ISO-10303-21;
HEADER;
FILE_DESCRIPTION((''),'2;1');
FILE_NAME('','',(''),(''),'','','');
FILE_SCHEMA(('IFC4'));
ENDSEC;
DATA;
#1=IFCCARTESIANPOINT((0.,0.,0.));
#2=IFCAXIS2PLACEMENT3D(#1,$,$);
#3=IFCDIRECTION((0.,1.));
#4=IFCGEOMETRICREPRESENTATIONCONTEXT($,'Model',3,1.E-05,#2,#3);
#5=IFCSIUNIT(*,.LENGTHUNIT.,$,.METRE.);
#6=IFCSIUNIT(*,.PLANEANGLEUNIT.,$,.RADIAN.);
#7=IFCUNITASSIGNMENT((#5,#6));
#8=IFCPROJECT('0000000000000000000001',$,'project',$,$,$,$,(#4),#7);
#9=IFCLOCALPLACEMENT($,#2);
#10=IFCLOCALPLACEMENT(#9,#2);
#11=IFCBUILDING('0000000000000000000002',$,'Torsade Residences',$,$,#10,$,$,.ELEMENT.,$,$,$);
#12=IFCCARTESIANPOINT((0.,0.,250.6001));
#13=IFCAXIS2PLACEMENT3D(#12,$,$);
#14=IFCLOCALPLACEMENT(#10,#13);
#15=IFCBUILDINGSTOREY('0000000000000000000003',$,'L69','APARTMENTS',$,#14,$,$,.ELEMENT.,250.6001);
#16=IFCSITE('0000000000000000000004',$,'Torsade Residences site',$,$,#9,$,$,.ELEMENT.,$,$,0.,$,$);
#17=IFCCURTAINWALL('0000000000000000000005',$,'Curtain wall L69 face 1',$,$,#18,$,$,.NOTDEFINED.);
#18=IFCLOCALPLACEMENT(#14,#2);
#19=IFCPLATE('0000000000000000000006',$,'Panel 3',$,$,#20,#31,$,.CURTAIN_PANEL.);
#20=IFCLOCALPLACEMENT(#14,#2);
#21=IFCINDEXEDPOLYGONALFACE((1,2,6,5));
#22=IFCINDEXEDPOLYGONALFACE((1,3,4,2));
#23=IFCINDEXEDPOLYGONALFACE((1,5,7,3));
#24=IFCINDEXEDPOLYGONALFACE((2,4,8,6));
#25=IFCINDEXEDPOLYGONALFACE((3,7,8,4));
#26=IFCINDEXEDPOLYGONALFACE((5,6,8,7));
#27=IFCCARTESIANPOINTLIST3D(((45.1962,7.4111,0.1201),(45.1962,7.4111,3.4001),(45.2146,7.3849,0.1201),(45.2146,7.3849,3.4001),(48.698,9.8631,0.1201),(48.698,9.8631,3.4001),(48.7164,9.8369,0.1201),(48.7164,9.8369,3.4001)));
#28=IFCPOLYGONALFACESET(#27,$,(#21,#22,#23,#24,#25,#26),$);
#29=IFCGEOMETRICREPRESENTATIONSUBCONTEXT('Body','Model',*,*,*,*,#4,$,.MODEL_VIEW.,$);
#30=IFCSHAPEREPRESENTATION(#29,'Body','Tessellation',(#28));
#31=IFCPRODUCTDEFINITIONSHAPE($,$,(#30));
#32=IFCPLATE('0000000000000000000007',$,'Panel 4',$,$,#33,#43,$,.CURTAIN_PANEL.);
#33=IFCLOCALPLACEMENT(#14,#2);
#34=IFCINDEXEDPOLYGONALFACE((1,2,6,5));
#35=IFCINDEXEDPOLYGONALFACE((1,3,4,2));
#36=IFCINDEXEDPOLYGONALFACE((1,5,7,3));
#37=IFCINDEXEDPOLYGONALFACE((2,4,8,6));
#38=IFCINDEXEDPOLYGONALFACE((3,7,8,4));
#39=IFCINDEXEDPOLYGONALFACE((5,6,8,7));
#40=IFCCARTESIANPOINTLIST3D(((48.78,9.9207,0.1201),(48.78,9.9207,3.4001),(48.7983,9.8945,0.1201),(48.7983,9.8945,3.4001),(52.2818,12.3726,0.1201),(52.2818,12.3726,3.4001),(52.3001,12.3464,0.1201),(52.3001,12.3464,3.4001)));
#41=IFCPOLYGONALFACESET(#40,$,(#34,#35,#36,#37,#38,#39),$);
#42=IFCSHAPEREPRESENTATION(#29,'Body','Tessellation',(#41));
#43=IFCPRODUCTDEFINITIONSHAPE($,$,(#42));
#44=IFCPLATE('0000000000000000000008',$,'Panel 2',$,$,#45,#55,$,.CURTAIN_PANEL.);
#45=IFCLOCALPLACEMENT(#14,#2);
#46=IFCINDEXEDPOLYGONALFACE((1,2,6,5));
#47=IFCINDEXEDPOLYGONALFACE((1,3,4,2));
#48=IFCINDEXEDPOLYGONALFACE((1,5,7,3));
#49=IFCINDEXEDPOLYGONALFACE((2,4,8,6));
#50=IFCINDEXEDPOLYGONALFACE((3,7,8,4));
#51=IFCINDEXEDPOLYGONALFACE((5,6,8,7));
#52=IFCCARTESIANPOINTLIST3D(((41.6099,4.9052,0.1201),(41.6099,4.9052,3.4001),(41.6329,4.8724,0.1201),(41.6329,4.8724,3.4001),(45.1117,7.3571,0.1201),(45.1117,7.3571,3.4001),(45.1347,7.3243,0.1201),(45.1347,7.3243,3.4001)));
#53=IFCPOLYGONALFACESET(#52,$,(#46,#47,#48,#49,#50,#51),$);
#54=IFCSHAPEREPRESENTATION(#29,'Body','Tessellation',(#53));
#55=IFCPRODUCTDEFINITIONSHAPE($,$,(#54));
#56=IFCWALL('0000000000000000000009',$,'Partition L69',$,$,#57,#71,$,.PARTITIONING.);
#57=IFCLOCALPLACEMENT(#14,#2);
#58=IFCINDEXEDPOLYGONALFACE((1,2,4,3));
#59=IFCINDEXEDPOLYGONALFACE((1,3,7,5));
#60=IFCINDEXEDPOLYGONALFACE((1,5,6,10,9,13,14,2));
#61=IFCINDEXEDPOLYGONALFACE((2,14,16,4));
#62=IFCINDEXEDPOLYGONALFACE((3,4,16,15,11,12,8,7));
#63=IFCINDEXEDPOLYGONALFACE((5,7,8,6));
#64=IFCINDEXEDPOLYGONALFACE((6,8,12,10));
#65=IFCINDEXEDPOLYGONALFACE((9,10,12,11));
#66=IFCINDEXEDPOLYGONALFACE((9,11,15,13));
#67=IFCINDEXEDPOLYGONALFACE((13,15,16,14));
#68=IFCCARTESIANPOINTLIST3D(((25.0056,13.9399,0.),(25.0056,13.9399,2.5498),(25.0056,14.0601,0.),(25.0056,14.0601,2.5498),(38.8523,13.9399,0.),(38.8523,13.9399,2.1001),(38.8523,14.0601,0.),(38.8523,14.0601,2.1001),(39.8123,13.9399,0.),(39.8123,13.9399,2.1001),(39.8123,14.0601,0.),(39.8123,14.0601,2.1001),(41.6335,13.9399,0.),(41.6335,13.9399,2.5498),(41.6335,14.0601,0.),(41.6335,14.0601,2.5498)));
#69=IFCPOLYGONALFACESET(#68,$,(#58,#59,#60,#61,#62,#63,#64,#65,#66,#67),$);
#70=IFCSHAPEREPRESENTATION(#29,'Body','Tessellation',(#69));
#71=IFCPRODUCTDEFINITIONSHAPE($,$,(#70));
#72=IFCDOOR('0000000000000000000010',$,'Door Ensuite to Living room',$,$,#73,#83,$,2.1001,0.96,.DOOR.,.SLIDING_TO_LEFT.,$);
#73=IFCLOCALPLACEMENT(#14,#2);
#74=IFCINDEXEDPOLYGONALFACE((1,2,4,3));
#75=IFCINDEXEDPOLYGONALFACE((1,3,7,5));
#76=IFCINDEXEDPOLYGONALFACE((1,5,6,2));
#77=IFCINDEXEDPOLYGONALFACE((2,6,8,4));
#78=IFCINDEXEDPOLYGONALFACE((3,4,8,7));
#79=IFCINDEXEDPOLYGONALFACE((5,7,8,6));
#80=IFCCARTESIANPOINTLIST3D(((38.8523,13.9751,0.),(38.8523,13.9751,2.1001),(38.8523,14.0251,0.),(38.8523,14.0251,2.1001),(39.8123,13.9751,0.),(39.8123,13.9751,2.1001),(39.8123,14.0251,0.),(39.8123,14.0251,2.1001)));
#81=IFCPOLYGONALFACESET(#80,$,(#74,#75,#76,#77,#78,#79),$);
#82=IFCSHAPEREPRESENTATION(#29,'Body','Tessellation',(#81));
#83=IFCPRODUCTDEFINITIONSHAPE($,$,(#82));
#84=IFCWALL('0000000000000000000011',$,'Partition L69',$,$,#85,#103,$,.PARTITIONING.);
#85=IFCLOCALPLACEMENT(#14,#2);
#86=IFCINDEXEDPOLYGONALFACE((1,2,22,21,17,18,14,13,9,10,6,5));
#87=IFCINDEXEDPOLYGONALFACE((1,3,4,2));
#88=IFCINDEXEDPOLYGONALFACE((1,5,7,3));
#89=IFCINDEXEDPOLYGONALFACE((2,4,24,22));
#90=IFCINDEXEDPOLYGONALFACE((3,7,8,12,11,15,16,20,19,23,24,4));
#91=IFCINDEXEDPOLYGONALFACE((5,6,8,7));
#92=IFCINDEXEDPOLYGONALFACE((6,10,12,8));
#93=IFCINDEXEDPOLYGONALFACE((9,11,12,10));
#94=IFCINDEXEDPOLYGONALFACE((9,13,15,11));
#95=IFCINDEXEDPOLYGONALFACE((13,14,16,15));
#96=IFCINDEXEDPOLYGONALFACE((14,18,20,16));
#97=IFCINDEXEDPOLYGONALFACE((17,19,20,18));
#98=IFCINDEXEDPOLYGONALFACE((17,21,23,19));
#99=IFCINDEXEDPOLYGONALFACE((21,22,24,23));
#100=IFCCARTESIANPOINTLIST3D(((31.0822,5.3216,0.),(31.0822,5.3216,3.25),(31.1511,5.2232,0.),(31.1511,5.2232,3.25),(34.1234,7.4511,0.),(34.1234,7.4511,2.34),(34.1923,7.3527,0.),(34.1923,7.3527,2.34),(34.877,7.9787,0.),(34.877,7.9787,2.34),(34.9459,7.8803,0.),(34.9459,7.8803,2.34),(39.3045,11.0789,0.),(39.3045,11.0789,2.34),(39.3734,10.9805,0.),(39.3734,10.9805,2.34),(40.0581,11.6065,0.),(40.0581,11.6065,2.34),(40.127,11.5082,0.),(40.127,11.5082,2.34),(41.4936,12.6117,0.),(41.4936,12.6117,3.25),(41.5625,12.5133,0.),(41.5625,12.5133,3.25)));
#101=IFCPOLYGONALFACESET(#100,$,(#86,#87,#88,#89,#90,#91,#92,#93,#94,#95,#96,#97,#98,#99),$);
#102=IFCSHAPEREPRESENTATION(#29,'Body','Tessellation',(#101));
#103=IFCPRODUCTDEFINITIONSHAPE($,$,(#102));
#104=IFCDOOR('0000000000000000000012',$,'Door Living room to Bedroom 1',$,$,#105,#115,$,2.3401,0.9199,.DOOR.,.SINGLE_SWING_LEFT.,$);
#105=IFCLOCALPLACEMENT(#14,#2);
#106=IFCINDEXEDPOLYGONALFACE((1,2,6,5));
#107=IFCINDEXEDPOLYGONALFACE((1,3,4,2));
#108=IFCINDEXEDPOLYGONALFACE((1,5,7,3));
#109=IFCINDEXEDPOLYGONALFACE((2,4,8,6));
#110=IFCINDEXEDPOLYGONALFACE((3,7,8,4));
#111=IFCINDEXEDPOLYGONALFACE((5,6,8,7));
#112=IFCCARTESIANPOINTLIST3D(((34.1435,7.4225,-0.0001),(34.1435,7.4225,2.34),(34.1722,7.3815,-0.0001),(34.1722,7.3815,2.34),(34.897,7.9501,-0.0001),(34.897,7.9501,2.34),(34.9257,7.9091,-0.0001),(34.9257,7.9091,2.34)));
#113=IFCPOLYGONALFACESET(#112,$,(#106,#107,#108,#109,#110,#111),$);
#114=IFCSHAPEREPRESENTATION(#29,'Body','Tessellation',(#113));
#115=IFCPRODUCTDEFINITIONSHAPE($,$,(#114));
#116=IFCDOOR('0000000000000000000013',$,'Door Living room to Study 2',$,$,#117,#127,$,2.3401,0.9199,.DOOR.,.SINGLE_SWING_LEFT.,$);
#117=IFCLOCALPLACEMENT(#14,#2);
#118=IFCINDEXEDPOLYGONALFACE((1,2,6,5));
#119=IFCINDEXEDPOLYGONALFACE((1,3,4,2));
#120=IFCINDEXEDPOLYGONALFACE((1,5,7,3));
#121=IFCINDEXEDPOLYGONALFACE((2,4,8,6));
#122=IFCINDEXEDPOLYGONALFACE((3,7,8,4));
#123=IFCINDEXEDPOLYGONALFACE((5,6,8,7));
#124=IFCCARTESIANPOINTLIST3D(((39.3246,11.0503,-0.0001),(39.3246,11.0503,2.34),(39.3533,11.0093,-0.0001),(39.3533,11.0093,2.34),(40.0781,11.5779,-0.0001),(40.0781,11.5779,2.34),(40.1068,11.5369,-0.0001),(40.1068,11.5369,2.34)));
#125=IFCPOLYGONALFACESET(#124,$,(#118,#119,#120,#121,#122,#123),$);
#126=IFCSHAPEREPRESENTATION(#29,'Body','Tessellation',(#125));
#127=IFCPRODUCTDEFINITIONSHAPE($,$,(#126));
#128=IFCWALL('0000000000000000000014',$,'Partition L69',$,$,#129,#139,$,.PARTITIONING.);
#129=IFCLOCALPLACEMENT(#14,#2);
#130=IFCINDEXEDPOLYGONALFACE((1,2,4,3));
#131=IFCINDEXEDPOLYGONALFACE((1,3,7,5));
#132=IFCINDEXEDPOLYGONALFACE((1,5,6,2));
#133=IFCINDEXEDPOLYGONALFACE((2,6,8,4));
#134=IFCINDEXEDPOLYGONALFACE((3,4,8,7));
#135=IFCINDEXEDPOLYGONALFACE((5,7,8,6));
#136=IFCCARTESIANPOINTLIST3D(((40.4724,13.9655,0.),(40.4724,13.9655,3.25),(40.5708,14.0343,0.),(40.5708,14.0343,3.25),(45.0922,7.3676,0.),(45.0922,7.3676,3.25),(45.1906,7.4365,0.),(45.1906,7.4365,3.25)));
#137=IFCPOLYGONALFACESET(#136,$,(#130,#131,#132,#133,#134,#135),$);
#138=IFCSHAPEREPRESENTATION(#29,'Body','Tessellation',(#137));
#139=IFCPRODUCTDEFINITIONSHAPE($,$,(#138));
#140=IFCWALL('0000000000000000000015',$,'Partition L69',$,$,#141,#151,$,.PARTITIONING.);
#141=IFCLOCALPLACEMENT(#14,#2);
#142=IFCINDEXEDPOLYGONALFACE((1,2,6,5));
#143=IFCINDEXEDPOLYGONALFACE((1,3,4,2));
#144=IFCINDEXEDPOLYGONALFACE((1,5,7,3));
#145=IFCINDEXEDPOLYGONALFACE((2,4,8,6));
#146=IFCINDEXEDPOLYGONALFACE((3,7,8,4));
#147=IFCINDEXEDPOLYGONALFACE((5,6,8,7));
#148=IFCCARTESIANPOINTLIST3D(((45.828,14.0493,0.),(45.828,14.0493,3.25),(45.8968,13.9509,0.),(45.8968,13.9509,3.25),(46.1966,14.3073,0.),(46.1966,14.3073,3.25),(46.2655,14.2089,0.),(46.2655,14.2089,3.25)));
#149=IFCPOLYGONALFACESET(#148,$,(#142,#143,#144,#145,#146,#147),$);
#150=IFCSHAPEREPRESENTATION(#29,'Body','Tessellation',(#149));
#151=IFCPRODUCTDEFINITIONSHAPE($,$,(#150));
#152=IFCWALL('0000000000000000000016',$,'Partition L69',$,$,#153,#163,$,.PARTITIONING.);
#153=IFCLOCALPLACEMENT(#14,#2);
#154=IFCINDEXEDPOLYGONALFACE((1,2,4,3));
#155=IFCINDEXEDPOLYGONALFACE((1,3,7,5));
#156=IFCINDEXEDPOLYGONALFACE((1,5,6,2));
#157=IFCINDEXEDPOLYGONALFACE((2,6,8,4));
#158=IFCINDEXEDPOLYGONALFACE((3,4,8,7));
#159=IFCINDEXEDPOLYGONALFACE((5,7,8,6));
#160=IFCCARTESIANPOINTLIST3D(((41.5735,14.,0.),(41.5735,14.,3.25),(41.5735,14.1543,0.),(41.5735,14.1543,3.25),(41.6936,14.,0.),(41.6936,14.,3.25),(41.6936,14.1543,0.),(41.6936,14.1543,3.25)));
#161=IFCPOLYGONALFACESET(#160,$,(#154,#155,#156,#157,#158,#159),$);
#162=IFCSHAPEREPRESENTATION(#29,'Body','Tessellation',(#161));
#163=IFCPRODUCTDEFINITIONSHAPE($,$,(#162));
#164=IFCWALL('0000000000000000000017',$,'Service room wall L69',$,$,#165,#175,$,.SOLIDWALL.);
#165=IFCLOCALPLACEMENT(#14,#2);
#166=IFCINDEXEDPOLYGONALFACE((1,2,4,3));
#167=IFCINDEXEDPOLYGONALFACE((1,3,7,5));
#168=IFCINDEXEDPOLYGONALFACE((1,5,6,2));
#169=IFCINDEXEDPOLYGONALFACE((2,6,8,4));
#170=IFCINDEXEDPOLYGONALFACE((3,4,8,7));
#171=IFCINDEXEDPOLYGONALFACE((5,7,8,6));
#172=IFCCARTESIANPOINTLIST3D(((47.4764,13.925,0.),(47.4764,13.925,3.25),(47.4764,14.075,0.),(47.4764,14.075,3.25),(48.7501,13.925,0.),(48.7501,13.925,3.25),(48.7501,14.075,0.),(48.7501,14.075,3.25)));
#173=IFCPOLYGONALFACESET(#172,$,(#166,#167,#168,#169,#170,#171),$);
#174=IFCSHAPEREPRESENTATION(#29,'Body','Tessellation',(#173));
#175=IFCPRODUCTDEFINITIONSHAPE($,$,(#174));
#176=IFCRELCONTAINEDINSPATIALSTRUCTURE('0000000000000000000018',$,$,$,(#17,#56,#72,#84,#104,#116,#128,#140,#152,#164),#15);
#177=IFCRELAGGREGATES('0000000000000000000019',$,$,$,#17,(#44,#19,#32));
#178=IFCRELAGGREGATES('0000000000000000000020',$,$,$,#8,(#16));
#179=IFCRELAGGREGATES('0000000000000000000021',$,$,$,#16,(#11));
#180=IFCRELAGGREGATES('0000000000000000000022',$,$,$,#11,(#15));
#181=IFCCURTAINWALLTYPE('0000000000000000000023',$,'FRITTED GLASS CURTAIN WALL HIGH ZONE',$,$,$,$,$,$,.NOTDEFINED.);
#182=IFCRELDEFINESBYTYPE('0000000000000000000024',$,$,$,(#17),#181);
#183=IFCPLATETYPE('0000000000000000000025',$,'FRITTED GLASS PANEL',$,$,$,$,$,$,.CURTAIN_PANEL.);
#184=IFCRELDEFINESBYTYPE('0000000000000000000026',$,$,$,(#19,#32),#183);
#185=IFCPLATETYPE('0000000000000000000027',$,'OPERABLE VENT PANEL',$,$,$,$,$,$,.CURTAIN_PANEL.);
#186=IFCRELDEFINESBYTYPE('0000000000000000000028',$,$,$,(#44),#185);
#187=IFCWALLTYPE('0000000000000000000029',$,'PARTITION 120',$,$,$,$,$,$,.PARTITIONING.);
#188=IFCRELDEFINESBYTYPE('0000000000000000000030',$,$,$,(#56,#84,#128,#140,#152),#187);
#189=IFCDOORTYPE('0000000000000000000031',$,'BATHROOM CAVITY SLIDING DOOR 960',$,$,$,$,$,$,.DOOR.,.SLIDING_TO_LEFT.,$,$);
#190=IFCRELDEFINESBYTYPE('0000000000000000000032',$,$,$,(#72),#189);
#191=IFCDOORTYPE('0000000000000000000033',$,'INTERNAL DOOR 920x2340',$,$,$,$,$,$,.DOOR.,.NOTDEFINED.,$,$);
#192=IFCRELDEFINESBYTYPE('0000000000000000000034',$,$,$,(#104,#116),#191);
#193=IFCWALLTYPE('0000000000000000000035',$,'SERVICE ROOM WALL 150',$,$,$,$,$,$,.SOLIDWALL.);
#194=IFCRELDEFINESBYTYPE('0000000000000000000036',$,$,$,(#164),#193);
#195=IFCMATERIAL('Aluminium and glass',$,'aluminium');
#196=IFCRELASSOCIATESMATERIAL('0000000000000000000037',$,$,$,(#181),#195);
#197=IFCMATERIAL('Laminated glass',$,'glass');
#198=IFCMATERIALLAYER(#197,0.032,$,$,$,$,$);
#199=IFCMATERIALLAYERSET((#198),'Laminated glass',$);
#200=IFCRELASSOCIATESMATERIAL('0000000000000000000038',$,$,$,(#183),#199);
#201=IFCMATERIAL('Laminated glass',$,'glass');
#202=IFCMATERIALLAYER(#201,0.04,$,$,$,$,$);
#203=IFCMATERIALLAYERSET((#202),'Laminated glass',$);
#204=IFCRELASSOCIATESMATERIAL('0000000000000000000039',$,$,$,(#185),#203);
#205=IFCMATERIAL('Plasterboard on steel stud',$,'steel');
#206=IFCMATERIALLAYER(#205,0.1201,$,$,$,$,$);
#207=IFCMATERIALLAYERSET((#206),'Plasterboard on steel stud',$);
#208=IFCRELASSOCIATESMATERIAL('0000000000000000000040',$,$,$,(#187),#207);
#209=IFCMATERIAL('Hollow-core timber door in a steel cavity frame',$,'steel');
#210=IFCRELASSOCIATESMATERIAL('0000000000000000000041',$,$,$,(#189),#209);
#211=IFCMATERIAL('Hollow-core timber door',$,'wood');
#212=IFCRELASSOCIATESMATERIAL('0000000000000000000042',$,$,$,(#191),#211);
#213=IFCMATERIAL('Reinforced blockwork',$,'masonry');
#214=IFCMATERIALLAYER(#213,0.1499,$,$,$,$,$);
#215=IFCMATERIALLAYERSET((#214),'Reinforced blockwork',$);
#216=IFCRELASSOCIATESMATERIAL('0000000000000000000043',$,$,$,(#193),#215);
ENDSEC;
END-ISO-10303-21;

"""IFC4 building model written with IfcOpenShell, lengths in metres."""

from ifc_helpers import new_model, si_unit, direction, frame, frame_2d, origin, origin_2d, place, context, subcontext, project, spatial, rectangle, extrude, material, layer, layer_set, type_object, element, fill, aggregate, save


model = new_model("IFC4")

# Units and contexts
model_context = context("Model", 3, precision=1e-05, world=origin(), true_north=direction((0.0, 1.0)))
body_context = subcontext(model_context, "Body", "Model", "MODEL_VIEW")
ifc_project = project(units=[si_unit("LENGTHUNIT", "METRE"), si_unit("PLANEANGLEUNIT", "RADIAN")], contexts=[model_context])

# Site, building, storey
site_placement = place(None, origin())
site = spatial("IfcSite", under=ifc_project, at=site_placement, Name="Torsade Residences site", CompositionType="ELEMENT", RefElevation=0.0)
building_placement = place(site_placement, origin())
building = spatial("IfcBuilding", under=site, at=building_placement, Name="Torsade Residences", CompositionType="ELEMENT")
storey_placement = place(building_placement, frame((0.0, 0.0, 250.6001)))
storey = spatial("IfcBuildingStorey", under=building, at=storey_placement, Name="L69", Description="APARTMENTS", CompositionType="ELEMENT", Elevation=250.6001)

# Curtain wall
ifc_material_1 = material(Name="Aluminium and glass", Category="aluminium")
curtain_wall_type = type_object("IfcCurtainWallType", Name="FRITTED GLASS CURTAIN WALL HIGH ZONE", PredefinedType="NOTDEFINED", material=ifc_material_1)
curtain_wall_placement = place(storey_placement, origin())
curtain_wall = element("IfcCurtainWall", 1, at=curtain_wall_placement, inside=storey, type_object=curtain_wall_type, Name="Curtain wall L69 face 1", PredefinedType="NOTDEFINED")

# Plates
ifc_material_2 = material(Name="Laminated glass", Category="glass")
ifc_layer_1 = layer(ifc_material_2, 0.032)
ifc_layer_set_1 = layer_set([ifc_layer_1], Name="Laminated glass")
plate_type_1 = type_object("IfcPlateType", Name="FRITTED GLASS PANEL", PredefinedType="CURTAIN_PANEL", material=ifc_layer_set_1)
plate_1_placement = place(storey_placement, frame((46.9563, 8.624, 0.1201), z_axis=(0.0, 0.0, 1.0), x_axis=(0.819152, 0.573576, 0.0)))
plate_1 = element("IfcPlate", 2, at=plate_1_placement, type_object=plate_type_1, Name="Panel 3", PredefinedType="CURTAIN_PANEL", context=body_context, shape_type="SweptSolid", body=[
    extrude(rectangle(XDim=4.2749, YDim=0.032, at=origin_2d()), origin(), (0.0, 0.0, 1.0), 3.28),
])
plate_2_placement = place(storey_placement, frame((50.54, 11.1335, 0.1201), z_axis=(0.0, 0.0, 1.0), x_axis=(0.819152, 0.573576, 0.0)))
plate_2 = element("IfcPlate", 3, at=plate_2_placement, type_object=plate_type_1, Name="Panel 4", PredefinedType="CURTAIN_PANEL", context=body_context, shape_type="SweptSolid", body=[
    extrude(rectangle(XDim=4.2749, YDim=0.032, at=origin_2d()), origin(), (0.0, 0.0, 1.0), 3.28),
])
ifc_material_3 = material(Name="Laminated glass", Category="glass")
ifc_layer_2 = layer(ifc_material_3, 0.04)
ifc_layer_set_2 = layer_set([ifc_layer_2], Name="Laminated glass")
plate_type_2 = type_object("IfcPlateType", Name="OPERABLE VENT PANEL", PredefinedType="CURTAIN_PANEL", material=ifc_layer_set_2)
plate_3_placement = place(storey_placement, frame((43.3723, 6.1147, 0.1201), z_axis=(0.0, 0.0, 1.0), x_axis=(0.819152, 0.573576, 0.0)))
plate_3 = element("IfcPlate", 4, at=plate_3_placement, type_object=plate_type_2, Name="Panel 2", PredefinedType="CURTAIN_PANEL", context=body_context, shape_type="SweptSolid", body=[
    extrude(rectangle(XDim=4.2749, YDim=0.04, at=origin_2d()), origin(), (0.0, 0.0, 1.0), 3.28),
])
aggregate(curtain_wall, [plate_3, plate_1, plate_2])

# Wall, opening, door
ifc_material_4 = material(Name="Plasterboard on steel stud", Category="steel")
ifc_layer_3 = layer(ifc_material_4, 0.1201)
ifc_layer_set_3 = layer_set([ifc_layer_3], Name="Plasterboard on steel stud")
wall_type_1 = type_object("IfcWallType", Name="PARTITION 120", PredefinedType="PARTITIONING", material=ifc_layer_set_3)
wall_1_placement = place(storey_placement, frame((41.6335, 14.0, 0.0), z_axis=(0.0, 0.0, 1.0), x_axis=(-1.0, 0.0, 0.0)))
wall_1 = element("IfcWall", 5, at=wall_1_placement, inside=storey, type_object=wall_type_1, Name="Partition L69", PredefinedType="PARTITIONING", context=body_context, shape_type="SweptSolid", body=[
    extrude(rectangle(XDim=16.6279, YDim=0.1201, at=frame_2d((8.314, 0.0))), origin(), (0.0, 0.0, 1.0), 2.5498),
])
opening_1_placement = place(wall_1_placement, frame((1.8213, 0.0, 0.0)))
opening_1 = element("IfcOpeningElement", 6, at=opening_1_placement, cuts=wall_1, PredefinedType="OPENING", context=body_context, shape_type="SweptSolid", body=[
    extrude(rectangle(XDim=0.96, YDim=2.1001, at=frame_2d((0.48, 1.05))), frame((0.0, 0.0701, 0.0), z_axis=(0.0, -1.0, 0.0), x_axis=(1.0, 0.0, 0.0)), (0.0, 0.0, 1.0), 0.1401),
])
ifc_material_5 = material(Name="Hollow-core timber door in a steel cavity frame", Category="steel")
door_type_1 = type_object("IfcDoorType", Name="BATHROOM CAVITY SLIDING DOOR 960", OperationType="SLIDING_TO_LEFT", PredefinedType="DOOR", material=ifc_material_5)
door_1_placement = place(opening_1_placement, origin())
door_1 = element("IfcDoor", 7, at=door_1_placement, inside=storey, type_object=door_type_1, Name="Door Ensuite to Living room", OperationType="SLIDING_TO_LEFT", OverallHeight=2.1001, OverallWidth=0.96, PredefinedType="DOOR", context=body_context, shape_type="SweptSolid", body=[
    extrude(rectangle(XDim=0.96, YDim=2.1001, at=frame_2d((0.48, 1.05))), frame((0.0, 0.0249, 0.0), z_axis=(0.0, -1.0, 0.0), x_axis=(1.0, 0.0, 0.0)), (0.0, 0.0, 1.0), 0.05),
])
fill(opening_1, door_1)

# Wall, openings, doors
wall_2_placement = place(storey_placement, frame((41.5281, 12.5625, 0.0), z_axis=(0.0, 0.0, 1.0), x_axis=(-0.819155, -0.573572, 0.0)))
wall_2 = element("IfcWall", 8, at=wall_2_placement, inside=storey, type_object=wall_type_1, Name="Partition L69", PredefinedType="PARTITIONING", context=body_context, shape_type="SweptSolid", body=[
    extrude(rectangle(XDim=12.71, YDim=0.1201, at=frame_2d((6.355, 0.0))), origin(), (0.0, 0.0, 1.0), 3.25),
])
opening_2_placement = place(wall_2_placement, frame((8.0774, 0.0, 0.0)))
opening_2 = element("IfcOpeningElement", 9, at=opening_2_placement, cuts=wall_2, PredefinedType="OPENING", context=body_context, shape_type="SweptSolid", body=[
    extrude(rectangle(XDim=0.9199, YDim=2.3401, at=frame_2d((0.46, 1.1699))), frame((0.0, 0.0701, 0.0), z_axis=(0.0, -1.0, 0.0), x_axis=(1.0, 0.0, 0.0)), (0.0, 0.0, 1.0), 0.1401),
])
opening_3_placement = place(wall_2_placement, frame((1.7524, 0.0, 0.0)))
opening_3 = element("IfcOpeningElement", 10, at=opening_3_placement, cuts=wall_2, PredefinedType="OPENING", context=body_context, shape_type="SweptSolid", body=[
    extrude(rectangle(XDim=0.9199, YDim=2.3401, at=frame_2d((0.46, 1.1699))), frame((0.0, 0.0701, 0.0), z_axis=(0.0, -1.0, 0.0), x_axis=(1.0, 0.0, 0.0)), (0.0, 0.0, 1.0), 0.1401),
])
ifc_material_6 = material(Name="Hollow-core timber door", Category="wood")
door_type_2 = type_object("IfcDoorType", Name="INTERNAL DOOR 920x2340", OperationType="NOTDEFINED", PredefinedType="DOOR", material=ifc_material_6)
door_2_placement = place(opening_2_placement, origin())
door_2 = element("IfcDoor", 11, at=door_2_placement, inside=storey, type_object=door_type_2, Name="Door Living room to Bedroom 1", OperationType="SINGLE_SWING_LEFT", OverallHeight=2.3401, OverallWidth=0.9199, PredefinedType="DOOR", context=body_context, shape_type="SweptSolid", body=[
    extrude(rectangle(XDim=0.9199, YDim=2.3401, at=frame_2d((0.46, 1.1699))), frame((0.0, 0.0249, 0.0), z_axis=(0.0, -1.0, 0.0), x_axis=(1.0, 0.0, 0.0)), (0.0, 0.0, 1.0), 0.05),
])
fill(opening_2, door_2)
door_3_placement = place(opening_3_placement, origin())
door_3 = element("IfcDoor", 12, at=door_3_placement, inside=storey, type_object=door_type_2, Name="Door Living room to Study 2", OperationType="SINGLE_SWING_LEFT", OverallHeight=2.3401, OverallWidth=0.9199, PredefinedType="DOOR", context=body_context, shape_type="SweptSolid", body=[
    extrude(rectangle(XDim=0.9199, YDim=2.3401, at=frame_2d((0.46, 1.1699))), frame((0.0, 0.0249, 0.0), z_axis=(0.0, -1.0, 0.0), x_axis=(1.0, 0.0, 0.0)), (0.0, 0.0, 1.0), 0.05),
])
fill(opening_3, door_3)

# Walls
wall_3_placement = place(storey_placement, frame((40.5215, 14.0, 0.0), z_axis=(0.0, 0.0, 1.0), x_axis=(0.573574, -0.819154, 0.0)))
element("IfcWall", 13, at=wall_3_placement, inside=storey, type_object=wall_type_1, Name="Partition L69", PredefinedType="PARTITIONING", context=body_context, shape_type="SweptSolid", body=[
    extrude(rectangle(XDim=8.0544, YDim=0.1201, at=frame_2d((4.0273, 0.0))), origin(), (0.0, 0.0, 1.0), 3.25),
])
wall_4_placement = place(storey_placement, frame((45.8623, 14.0, 0.0), z_axis=(0.0, 0.0, 1.0), x_axis=(0.819232, 0.573462, 0.0)))
element("IfcWall", 14, at=wall_4_placement, inside=storey, type_object=wall_type_1, Name="Partition L69", PredefinedType="PARTITIONING", context=body_context, shape_type="SweptSolid", body=[
    extrude(rectangle(XDim=0.45, YDim=0.1201, at=frame_2d((0.2251, 0.0))), origin(), (0.0, 0.0, 1.0), 3.25),
])
wall_5_placement = place(storey_placement, frame((41.6335, 14.0, 0.0), z_axis=(0.0, 0.0, 1.0), x_axis=(0.0, 1.0, 0.0)))
element("IfcWall", 15, at=wall_5_placement, inside=storey, type_object=wall_type_1, Name="Partition L69", PredefinedType="PARTITIONING", context=body_context, shape_type="SweptSolid", body=[
    extrude(rectangle(XDim=0.1543, YDim=0.1201, at=frame_2d((0.0771, 0.0))), origin(), (0.0, 0.0, 1.0), 3.25),
])
ifc_material_7 = material(Name="Reinforced blockwork", Category="masonry")
ifc_layer_4 = layer(ifc_material_7, 0.1499)
ifc_layer_set_4 = layer_set([ifc_layer_4], Name="Reinforced blockwork")
wall_type_2 = type_object("IfcWallType", Name="SERVICE ROOM WALL 150", PredefinedType="SOLIDWALL", material=ifc_layer_set_4)
wall_6_placement = place(storey_placement, frame((48.75, 14.0, 0.0), z_axis=(0.0, 0.0, 1.0), x_axis=(-1.0, 0.0, 0.0)))
element("IfcWall", 16, at=wall_6_placement, inside=storey, type_object=wall_type_2, Name="Service room wall L69", PredefinedType="SOLIDWALL", context=body_context, shape_type="SweptSolid", body=[
    extrude(rectangle(XDim=1.2737, YDim=0.1499, at=frame_2d((0.6367, 0.0))), origin(), (0.0, 0.0, 1.0), 3.25),
])

save(model, "model.ifc")
